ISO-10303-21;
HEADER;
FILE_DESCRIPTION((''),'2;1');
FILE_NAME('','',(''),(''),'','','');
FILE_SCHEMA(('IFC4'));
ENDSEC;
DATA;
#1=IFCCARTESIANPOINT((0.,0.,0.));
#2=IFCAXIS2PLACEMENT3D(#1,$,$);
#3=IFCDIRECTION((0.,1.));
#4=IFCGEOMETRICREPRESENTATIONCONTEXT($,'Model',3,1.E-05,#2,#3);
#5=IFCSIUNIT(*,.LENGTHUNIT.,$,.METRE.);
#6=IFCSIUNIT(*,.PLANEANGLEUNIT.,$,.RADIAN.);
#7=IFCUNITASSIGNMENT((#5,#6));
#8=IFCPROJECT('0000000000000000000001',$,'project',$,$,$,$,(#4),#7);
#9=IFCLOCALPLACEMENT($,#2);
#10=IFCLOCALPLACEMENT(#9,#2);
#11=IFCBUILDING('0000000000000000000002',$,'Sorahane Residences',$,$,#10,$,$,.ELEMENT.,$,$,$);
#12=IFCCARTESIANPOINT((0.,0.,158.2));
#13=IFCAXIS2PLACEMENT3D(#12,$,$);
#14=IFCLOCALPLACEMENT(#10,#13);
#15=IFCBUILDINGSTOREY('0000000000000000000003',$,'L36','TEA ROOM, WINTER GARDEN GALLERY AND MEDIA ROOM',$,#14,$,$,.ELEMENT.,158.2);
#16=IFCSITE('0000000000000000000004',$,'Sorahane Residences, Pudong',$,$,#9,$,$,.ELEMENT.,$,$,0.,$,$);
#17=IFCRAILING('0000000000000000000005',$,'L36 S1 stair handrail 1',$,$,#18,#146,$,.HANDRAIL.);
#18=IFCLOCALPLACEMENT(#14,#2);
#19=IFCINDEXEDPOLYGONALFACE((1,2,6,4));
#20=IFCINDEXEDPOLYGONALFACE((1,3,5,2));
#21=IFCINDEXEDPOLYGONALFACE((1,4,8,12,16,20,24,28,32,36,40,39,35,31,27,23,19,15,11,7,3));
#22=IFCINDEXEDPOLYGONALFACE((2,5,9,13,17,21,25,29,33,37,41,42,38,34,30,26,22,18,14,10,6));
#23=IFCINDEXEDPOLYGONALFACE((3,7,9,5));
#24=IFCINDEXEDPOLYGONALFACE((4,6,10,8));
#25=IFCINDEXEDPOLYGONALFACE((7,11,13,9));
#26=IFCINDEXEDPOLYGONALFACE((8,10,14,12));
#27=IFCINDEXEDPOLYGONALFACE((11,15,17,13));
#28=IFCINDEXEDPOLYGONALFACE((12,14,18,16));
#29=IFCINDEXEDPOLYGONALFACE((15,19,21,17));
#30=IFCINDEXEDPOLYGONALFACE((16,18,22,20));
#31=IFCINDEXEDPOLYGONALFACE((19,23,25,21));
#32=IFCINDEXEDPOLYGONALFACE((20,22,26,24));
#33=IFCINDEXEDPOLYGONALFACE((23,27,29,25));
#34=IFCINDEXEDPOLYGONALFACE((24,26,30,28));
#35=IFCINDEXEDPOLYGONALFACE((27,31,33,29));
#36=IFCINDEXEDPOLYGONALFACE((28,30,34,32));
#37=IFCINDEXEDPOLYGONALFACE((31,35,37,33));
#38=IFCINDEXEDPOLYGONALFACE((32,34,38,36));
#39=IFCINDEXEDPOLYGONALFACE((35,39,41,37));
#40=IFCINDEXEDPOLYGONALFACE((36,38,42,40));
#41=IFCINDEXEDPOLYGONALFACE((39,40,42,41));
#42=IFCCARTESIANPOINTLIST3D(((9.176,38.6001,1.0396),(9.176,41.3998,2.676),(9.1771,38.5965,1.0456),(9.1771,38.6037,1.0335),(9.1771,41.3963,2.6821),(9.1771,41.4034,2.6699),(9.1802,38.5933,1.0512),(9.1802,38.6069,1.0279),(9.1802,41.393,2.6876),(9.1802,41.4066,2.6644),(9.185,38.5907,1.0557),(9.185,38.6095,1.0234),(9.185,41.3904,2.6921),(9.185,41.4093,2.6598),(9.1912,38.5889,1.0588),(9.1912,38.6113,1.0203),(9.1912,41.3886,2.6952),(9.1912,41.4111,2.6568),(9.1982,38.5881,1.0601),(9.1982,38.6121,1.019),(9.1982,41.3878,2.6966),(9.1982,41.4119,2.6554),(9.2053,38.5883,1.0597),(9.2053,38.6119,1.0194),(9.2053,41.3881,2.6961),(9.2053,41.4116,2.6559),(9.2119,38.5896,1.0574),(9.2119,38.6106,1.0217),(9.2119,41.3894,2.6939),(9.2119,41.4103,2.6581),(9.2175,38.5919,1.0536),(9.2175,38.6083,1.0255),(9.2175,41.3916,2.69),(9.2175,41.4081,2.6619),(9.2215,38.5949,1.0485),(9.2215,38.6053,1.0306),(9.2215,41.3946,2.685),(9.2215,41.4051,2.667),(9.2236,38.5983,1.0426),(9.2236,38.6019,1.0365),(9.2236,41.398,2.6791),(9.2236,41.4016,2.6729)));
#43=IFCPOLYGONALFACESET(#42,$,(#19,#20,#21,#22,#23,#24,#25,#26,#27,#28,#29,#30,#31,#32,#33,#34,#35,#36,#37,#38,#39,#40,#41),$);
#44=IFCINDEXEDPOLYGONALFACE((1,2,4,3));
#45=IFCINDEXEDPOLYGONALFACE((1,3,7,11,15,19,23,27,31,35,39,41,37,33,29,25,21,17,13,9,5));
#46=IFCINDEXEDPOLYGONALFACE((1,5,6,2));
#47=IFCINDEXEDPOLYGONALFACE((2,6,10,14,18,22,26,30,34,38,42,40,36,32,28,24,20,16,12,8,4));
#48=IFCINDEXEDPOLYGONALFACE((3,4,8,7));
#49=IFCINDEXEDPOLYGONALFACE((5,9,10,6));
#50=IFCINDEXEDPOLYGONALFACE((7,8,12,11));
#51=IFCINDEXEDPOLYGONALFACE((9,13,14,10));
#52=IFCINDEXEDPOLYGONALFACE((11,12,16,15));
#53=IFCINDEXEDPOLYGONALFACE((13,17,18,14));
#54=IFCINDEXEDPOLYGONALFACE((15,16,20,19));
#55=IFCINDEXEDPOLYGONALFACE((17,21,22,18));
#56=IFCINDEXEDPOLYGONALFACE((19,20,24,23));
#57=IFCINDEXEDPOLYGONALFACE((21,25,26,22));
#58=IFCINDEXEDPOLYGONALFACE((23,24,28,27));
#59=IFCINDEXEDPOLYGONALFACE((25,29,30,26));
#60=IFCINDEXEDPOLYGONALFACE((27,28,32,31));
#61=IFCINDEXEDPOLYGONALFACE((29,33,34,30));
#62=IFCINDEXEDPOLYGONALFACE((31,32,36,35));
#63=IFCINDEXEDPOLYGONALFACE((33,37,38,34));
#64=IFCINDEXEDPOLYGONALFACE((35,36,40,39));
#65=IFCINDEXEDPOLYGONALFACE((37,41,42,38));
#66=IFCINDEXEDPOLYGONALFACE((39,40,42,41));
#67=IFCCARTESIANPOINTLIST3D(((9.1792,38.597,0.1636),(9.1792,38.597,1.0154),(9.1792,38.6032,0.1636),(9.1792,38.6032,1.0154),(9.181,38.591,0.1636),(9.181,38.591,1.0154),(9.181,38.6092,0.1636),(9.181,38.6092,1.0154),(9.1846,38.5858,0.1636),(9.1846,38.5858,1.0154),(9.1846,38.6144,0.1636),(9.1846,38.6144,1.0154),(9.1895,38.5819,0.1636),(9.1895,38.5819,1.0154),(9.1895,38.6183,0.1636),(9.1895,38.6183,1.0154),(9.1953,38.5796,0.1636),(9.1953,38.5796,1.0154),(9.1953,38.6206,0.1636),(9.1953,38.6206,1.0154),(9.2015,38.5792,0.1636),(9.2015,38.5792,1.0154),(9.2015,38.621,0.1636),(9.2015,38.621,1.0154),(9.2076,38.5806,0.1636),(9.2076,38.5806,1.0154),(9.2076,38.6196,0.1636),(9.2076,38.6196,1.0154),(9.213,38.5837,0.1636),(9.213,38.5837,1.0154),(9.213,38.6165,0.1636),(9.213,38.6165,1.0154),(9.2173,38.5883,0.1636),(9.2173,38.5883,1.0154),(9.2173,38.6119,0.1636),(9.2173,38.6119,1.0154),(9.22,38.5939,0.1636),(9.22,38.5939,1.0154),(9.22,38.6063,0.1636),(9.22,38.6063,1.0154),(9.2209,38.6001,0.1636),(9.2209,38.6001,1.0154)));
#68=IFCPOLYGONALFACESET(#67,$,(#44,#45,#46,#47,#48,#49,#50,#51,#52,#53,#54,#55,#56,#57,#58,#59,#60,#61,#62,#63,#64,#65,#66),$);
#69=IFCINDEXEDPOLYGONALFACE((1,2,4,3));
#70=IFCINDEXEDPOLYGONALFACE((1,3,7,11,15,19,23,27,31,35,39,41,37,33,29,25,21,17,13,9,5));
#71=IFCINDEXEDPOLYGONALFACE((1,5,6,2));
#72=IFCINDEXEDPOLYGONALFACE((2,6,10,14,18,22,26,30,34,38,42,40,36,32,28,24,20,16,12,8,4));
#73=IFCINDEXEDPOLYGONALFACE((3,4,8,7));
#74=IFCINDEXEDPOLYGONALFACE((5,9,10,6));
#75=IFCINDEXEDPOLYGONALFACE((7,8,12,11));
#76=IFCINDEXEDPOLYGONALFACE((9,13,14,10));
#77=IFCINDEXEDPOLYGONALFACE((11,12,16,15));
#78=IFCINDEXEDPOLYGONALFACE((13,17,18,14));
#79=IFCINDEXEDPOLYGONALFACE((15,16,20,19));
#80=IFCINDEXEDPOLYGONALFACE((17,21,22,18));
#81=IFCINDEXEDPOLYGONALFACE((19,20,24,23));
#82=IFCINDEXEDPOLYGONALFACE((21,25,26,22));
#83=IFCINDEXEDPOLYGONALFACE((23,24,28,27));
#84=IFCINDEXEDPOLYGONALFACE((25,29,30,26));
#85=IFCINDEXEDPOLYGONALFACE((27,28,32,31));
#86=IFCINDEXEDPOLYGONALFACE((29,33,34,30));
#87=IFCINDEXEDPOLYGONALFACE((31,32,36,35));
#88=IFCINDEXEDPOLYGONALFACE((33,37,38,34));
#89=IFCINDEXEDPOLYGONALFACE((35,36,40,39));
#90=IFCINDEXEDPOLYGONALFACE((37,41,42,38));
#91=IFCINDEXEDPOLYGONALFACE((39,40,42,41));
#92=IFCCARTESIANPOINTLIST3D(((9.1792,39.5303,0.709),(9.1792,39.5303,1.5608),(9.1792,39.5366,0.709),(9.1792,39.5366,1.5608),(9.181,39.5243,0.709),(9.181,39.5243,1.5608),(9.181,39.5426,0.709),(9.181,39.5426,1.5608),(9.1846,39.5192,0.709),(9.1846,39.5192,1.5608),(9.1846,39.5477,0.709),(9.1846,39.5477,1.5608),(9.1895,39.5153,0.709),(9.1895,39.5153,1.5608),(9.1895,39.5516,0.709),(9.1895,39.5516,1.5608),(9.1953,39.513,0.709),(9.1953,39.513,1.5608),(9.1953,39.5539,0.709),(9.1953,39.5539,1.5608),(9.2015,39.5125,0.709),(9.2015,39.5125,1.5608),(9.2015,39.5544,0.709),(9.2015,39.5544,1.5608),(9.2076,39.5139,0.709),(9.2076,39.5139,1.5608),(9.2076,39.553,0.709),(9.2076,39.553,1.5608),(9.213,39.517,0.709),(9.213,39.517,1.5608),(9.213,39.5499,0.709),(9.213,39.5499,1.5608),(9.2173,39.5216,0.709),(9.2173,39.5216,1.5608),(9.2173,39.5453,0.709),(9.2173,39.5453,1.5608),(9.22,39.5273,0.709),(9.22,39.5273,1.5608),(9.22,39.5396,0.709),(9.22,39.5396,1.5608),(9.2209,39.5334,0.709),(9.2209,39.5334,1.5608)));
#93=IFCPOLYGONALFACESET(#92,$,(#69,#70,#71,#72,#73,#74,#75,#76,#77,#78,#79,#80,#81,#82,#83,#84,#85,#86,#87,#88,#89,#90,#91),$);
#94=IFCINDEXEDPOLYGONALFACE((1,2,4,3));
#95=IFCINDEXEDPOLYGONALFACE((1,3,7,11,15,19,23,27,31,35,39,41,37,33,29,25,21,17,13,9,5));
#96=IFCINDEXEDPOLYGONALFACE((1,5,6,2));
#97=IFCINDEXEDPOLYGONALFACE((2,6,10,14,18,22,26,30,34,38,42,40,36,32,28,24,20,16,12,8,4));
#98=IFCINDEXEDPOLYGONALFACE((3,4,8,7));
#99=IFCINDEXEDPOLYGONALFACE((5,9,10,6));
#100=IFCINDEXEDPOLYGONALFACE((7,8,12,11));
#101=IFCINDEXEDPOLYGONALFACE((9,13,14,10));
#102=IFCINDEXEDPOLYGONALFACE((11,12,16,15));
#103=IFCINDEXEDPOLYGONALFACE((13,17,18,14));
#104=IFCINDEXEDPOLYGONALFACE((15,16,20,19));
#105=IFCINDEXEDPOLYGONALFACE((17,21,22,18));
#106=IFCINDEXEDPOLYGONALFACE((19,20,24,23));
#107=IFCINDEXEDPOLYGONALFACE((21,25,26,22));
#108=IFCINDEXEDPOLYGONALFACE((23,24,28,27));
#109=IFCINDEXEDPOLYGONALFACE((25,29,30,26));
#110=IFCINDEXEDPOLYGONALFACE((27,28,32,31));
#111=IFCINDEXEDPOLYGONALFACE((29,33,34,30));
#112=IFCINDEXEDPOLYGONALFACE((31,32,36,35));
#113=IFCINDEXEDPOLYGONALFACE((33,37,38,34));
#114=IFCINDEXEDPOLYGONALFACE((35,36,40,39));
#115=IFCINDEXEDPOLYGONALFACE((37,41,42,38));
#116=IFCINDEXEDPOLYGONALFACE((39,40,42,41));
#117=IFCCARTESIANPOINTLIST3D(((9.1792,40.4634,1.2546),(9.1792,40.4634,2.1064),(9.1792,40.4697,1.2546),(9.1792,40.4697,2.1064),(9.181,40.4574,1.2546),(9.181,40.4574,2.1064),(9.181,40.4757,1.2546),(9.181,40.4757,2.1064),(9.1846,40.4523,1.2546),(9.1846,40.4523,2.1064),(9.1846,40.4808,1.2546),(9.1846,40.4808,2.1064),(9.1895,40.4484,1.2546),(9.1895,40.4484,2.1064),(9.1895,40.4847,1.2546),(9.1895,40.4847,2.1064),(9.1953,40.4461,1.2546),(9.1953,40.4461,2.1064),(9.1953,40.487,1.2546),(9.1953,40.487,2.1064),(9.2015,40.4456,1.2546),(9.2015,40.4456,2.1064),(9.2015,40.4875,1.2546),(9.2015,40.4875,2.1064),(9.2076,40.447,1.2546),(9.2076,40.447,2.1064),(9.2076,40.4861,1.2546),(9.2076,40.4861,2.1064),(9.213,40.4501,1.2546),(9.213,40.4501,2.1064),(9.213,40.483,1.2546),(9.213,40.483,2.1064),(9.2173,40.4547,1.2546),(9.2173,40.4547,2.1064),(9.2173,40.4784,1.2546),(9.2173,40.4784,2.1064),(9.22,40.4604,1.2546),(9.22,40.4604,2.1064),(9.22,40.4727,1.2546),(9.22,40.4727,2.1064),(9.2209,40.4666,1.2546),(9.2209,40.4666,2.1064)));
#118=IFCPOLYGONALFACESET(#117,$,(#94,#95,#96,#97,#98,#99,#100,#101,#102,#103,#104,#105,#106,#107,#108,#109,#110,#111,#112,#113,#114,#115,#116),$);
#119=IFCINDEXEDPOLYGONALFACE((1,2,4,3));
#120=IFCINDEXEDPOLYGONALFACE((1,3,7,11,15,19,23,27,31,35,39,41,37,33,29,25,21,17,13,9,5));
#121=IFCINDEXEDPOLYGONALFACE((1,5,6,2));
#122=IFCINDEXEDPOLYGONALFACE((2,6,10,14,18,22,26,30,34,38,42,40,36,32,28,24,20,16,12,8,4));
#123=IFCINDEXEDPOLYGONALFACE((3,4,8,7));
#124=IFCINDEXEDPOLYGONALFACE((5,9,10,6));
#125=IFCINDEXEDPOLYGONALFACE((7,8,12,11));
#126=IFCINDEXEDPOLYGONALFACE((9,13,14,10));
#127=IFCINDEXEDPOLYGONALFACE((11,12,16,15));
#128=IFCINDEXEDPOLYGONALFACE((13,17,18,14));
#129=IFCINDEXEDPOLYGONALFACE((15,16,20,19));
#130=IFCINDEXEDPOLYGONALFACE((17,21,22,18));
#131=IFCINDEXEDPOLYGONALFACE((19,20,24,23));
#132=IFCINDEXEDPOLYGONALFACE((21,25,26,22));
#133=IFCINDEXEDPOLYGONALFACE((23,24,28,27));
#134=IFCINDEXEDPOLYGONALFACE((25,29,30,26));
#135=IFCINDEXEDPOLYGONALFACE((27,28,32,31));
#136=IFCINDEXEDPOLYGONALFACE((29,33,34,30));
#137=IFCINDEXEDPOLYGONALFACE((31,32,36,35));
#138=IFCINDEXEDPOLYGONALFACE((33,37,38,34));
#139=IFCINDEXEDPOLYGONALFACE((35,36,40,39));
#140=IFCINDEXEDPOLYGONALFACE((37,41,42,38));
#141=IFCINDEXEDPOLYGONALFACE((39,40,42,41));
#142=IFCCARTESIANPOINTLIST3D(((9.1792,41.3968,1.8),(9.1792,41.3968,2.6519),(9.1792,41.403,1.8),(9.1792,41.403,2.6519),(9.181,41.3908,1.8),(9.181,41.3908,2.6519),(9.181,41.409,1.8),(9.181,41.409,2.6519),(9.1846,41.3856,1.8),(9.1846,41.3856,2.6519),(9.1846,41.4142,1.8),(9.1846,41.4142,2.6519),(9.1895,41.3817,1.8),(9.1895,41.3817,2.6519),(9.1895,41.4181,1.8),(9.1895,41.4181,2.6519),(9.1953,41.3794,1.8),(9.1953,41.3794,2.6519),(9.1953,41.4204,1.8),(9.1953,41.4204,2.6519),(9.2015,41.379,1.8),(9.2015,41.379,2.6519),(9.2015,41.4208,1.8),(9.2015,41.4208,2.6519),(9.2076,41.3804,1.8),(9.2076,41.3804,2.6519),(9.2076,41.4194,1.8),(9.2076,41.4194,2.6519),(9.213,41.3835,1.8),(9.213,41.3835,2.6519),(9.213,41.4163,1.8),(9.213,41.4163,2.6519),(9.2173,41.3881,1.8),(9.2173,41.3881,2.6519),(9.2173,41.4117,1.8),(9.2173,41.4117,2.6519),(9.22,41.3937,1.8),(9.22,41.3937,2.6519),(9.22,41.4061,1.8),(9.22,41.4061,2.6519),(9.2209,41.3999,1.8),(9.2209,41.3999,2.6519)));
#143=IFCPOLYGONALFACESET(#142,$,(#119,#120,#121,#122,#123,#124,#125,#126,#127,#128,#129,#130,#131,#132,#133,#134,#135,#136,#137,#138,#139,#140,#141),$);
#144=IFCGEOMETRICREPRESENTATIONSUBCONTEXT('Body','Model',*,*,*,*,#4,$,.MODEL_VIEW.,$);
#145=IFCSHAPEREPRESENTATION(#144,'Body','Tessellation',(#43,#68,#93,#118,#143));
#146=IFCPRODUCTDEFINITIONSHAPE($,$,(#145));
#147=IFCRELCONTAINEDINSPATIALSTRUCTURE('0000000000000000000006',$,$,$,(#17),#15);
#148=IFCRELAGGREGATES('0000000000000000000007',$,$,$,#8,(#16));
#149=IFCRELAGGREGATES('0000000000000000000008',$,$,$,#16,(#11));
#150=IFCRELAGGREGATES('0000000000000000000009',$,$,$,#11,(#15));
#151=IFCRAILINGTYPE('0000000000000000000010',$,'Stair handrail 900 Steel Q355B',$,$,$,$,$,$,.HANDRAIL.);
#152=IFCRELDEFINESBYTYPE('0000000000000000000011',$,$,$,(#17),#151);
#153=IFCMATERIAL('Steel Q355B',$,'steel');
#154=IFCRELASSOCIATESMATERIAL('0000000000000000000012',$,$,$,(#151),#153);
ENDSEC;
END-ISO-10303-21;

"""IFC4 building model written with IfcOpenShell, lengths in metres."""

from ifc_helpers import new_model, si_unit, direction, frame, origin, origin_2d, place, context, subcontext, project, spatial, circle, extrude, material, type_object, element, save


model = new_model("IFC4")

# Units and contexts
model_context = context("Model", 3, precision=1e-05, world=origin(), true_north=direction((0.0, 1.0)))
body_context = subcontext(model_context, "Body", "Model", "MODEL_VIEW")
ifc_project = project(units=[si_unit("LENGTHUNIT", "METRE"), si_unit("PLANEANGLEUNIT", "RADIAN")], contexts=[model_context])

# Site, building, storey
site_placement = place(None, origin())
site = spatial("IfcSite", under=ifc_project, at=site_placement, Name="Sorahane Residences, Pudong", CompositionType="ELEMENT", RefElevation=0.0)
building_placement = place(site_placement, origin())
building = spatial("IfcBuilding", under=site, at=building_placement, Name="Sorahane Residences", CompositionType="ELEMENT")
storey_placement = place(building_placement, frame((0.0, 0.0, 158.2)))
storey = spatial("IfcBuildingStorey", under=building, at=storey_placement, Name="L36", Description="TEA ROOM, WINTER GARDEN GALLERY AND MEDIA ROOM", CompositionType="ELEMENT", Elevation=158.2)

# Railing
ifc_material_1 = material(Name="Steel Q355B", Category="steel")
railing_type = type_object("IfcRailingType", Name="Stair handrail 900 Steel Q355B", PredefinedType="HANDRAIL", material=ifc_material_1)
for number, where, name in (
    (1, (9.2, 38.6001, 0.1636), "L36 S1 stair handrail 1"),
):
    element("IfcRailing", number, at=place(storey_placement, frame(where)), inside=storey, type_object=railing_type, Name=name, PredefinedType="HANDRAIL", context=body_context, shape_type="SweptSolid", body=[
        extrude(circle(Radius=0.0239, at=origin_2d()), frame((0.0, 0.0, 0.876), z_axis=(0.0, 0.863342, 0.50462), x_axis=(-1.0, 0.0, 0.0)), (0.0, 0.0, 1.0), 3.2429),
        extrude(circle(Radius=0.021, at=origin_2d()), origin(), (0.0, 0.0, 1.0), 0.8518),
        extrude(circle(Radius=0.021, at=origin_2d()), frame((0.0, 0.9333, 0.5454)), (0.0, 0.0, 1.0), 0.8518),
        extrude(circle(Radius=0.021, at=origin_2d()), frame((0.0, 1.8665, 1.0911)), (0.0, 0.0, 1.0), 0.8518),
        extrude(circle(Radius=0.021, at=origin_2d()), frame((0.0, 2.7998, 1.6365)), (0.0, 0.0, 1.0), 0.8518),
    ])

save(model, "model.ifc")
